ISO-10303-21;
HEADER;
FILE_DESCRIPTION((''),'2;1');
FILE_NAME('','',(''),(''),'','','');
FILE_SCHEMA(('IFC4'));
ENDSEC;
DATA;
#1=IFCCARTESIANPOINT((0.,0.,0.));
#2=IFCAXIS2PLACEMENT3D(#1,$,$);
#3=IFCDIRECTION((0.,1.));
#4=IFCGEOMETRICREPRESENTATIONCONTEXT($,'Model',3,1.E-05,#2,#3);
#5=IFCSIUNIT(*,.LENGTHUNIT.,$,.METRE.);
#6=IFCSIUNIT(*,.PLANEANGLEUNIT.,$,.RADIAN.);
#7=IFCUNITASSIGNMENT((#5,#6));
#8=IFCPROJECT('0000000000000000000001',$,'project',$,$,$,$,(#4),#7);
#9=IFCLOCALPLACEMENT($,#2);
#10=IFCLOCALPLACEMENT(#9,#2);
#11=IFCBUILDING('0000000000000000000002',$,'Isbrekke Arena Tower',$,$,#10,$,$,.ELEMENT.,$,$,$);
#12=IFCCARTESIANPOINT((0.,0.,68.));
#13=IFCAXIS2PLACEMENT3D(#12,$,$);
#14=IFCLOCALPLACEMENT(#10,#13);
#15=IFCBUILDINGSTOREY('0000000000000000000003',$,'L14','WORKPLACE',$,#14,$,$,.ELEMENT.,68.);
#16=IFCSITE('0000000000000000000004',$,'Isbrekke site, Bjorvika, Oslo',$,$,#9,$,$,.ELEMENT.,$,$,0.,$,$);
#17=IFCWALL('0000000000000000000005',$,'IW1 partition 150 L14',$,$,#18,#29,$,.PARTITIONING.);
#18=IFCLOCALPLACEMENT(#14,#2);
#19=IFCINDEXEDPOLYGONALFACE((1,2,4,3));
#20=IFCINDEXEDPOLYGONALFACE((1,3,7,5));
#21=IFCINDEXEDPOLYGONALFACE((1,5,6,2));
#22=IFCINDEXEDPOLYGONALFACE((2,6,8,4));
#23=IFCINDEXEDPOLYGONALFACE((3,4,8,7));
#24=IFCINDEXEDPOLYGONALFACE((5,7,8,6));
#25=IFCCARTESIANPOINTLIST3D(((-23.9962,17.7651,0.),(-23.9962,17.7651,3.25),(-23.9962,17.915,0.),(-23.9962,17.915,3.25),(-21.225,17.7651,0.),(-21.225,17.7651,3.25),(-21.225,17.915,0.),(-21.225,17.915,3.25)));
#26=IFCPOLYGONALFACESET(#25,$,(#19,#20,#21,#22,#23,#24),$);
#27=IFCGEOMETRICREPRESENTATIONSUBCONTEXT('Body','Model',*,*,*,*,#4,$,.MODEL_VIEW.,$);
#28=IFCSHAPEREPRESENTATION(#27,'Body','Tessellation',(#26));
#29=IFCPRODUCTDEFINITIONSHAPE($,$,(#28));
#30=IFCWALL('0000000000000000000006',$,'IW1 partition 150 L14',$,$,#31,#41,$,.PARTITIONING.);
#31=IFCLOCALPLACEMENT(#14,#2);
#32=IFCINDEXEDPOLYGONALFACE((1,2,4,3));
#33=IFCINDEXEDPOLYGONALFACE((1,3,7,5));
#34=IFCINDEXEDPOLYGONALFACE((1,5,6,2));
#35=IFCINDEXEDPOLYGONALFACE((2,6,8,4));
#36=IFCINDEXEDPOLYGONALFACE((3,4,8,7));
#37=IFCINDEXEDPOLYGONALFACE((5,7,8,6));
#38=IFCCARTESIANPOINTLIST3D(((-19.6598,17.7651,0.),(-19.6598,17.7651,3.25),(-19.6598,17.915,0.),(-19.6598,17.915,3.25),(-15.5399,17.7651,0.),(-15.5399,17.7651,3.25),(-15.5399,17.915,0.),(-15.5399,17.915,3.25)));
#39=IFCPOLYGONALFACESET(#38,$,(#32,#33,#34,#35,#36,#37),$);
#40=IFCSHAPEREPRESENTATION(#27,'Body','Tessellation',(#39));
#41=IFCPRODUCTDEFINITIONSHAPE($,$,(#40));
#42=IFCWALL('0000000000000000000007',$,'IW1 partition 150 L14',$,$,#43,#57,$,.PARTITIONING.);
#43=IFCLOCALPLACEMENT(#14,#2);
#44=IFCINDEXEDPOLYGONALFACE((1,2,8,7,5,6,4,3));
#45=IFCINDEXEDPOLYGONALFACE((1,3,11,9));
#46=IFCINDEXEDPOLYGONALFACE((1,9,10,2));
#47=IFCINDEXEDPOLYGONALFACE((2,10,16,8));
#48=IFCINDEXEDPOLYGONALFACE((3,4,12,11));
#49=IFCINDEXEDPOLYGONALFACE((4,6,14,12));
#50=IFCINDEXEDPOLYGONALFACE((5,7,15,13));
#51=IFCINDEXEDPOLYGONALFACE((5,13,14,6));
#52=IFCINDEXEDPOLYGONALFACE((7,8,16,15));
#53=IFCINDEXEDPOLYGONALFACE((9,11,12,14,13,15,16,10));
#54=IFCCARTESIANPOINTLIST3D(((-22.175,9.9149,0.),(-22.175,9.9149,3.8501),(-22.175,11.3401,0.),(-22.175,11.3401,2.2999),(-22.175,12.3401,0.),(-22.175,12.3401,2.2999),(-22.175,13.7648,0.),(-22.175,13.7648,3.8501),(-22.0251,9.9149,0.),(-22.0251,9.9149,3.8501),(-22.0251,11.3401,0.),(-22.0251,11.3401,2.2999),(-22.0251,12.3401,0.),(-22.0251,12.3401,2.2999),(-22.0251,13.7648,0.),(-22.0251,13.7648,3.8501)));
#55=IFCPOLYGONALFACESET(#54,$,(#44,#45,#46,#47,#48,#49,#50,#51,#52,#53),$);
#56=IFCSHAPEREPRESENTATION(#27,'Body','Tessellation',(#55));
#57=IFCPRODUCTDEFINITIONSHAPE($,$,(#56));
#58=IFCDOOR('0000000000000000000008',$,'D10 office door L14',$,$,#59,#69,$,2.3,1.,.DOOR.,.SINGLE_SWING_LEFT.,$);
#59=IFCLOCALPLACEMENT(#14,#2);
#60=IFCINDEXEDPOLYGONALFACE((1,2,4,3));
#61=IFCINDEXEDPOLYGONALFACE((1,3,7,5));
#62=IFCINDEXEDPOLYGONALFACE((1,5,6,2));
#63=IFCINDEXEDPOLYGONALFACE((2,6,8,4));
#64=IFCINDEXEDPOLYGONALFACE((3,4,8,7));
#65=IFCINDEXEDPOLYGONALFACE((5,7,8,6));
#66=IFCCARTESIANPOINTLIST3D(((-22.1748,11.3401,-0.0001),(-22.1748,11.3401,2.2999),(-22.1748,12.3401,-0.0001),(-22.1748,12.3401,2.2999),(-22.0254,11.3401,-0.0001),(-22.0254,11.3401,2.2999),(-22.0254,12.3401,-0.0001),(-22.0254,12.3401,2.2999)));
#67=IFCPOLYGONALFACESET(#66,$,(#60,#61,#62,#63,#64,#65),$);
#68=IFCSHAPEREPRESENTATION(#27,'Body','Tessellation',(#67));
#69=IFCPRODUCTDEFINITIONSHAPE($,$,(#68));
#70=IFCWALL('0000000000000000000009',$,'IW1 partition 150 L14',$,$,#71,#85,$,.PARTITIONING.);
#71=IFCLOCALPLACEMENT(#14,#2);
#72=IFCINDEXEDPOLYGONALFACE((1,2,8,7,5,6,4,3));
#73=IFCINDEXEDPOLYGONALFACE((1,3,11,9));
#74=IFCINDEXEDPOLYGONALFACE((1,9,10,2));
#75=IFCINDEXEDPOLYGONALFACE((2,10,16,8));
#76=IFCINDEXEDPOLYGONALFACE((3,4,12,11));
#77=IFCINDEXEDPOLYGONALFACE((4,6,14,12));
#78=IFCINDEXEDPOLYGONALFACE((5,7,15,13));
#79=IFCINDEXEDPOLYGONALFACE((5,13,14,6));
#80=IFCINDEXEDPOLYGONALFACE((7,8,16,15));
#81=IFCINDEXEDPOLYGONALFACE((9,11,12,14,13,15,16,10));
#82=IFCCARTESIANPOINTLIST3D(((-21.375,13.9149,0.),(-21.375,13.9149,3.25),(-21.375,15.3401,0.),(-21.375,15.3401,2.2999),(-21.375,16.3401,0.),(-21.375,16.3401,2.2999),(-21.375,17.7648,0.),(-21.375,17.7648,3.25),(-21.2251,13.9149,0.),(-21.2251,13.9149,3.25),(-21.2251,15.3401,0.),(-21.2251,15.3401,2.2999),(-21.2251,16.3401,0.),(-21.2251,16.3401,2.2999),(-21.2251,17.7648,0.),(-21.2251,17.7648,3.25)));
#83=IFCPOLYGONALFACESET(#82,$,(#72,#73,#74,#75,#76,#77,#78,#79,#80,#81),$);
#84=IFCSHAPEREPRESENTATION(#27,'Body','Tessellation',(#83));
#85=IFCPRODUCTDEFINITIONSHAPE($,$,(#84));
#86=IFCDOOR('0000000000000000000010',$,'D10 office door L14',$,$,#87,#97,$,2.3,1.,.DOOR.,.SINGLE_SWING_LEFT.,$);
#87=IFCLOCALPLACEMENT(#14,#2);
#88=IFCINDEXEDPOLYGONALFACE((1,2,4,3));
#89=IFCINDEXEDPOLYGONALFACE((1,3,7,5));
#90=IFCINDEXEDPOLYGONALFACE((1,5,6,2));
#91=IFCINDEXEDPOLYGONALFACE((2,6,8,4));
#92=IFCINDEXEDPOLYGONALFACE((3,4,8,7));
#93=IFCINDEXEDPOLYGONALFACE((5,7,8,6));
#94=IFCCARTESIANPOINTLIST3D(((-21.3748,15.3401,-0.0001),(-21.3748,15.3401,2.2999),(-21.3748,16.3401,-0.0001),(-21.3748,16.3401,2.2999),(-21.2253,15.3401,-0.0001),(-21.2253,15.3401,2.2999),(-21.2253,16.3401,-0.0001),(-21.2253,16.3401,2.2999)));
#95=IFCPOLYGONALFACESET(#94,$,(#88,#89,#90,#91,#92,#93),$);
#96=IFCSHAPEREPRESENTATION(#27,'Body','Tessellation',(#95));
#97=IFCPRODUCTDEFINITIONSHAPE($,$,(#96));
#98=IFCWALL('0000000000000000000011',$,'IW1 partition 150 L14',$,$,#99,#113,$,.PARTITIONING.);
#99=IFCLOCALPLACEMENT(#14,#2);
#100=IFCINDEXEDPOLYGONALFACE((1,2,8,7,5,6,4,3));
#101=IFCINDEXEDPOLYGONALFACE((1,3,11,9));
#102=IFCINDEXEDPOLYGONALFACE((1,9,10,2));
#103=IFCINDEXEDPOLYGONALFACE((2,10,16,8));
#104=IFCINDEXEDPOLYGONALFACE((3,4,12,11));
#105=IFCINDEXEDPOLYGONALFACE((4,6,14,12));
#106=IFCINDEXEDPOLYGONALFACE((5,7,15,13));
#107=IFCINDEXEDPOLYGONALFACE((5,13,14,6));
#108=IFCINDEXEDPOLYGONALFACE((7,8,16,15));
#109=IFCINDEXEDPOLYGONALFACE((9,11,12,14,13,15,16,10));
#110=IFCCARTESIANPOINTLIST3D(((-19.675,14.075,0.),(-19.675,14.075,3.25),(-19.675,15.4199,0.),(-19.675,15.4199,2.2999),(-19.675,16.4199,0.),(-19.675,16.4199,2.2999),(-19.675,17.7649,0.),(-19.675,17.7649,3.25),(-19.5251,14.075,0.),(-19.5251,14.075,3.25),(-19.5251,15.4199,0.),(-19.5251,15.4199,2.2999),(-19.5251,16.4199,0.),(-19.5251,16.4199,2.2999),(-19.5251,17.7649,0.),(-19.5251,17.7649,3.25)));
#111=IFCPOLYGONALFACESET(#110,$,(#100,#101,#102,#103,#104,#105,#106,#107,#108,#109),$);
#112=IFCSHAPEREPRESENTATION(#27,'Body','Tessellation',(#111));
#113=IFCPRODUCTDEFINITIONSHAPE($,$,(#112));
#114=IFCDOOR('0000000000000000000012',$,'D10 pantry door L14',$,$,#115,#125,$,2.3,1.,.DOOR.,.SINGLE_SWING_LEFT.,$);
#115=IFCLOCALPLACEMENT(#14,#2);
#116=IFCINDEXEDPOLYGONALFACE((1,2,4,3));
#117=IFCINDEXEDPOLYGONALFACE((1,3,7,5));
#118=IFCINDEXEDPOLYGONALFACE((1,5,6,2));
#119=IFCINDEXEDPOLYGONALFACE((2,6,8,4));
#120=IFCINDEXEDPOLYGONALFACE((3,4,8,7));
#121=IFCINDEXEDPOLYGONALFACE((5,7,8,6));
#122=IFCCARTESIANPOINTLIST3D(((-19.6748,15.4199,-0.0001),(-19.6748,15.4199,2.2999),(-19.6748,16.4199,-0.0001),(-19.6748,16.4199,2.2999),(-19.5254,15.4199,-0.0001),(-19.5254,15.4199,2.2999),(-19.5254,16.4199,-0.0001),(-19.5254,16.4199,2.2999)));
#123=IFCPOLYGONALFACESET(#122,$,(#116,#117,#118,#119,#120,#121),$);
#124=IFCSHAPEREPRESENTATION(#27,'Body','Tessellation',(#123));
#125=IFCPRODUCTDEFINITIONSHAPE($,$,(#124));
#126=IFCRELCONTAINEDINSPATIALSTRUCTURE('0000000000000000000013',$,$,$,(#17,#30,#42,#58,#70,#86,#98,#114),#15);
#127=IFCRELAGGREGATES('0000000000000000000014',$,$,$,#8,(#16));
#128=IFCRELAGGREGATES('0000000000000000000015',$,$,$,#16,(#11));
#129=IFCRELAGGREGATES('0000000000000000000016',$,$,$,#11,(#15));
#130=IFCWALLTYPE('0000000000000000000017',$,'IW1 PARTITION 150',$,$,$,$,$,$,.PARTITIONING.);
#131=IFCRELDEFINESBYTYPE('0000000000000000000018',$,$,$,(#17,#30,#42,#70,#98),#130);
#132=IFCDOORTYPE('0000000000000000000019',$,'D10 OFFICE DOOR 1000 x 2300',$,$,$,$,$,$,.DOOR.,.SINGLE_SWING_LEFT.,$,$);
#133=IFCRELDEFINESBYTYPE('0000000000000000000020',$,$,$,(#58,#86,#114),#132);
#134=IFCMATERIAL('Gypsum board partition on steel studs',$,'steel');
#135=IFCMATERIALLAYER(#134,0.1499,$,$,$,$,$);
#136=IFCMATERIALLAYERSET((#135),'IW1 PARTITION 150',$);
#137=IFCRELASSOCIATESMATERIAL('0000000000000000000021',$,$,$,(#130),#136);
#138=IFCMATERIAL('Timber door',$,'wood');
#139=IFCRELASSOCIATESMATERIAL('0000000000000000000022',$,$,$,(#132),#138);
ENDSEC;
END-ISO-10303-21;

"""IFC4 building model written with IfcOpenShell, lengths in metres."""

from ifc_helpers import new_model, si_unit, direction, frame, frame_2d, origin, place, context, subcontext, project, spatial, rectangle, extrude, material, layer, layer_set, type_object, element, fill, save


model = new_model("IFC4")

# Units and contexts
model_context = context("Model", 3, precision=1e-05, world=origin(), true_north=direction((0.0, 1.0)))
body_context = subcontext(model_context, "Body", "Model", "MODEL_VIEW")
ifc_project = project(units=[si_unit("LENGTHUNIT", "METRE"), si_unit("PLANEANGLEUNIT", "RADIAN")], contexts=[model_context])

# Site, building, storey
site_placement = place(None, origin())
site = spatial("IfcSite", under=ifc_project, at=site_placement, Name="Isbrekke site, Bjorvika, Oslo", CompositionType="ELEMENT", RefElevation=0.0)
building_placement = place(site_placement, origin())
building = spatial("IfcBuilding", under=site, at=building_placement, Name="Isbrekke Arena Tower", CompositionType="ELEMENT")
storey_placement = place(building_placement, frame((0.0, 0.0, 68.0)))
storey = spatial("IfcBuildingStorey", under=building, at=storey_placement, Name="L14", Description="WORKPLACE", CompositionType="ELEMENT", Elevation=68.0)

# Walls
ifc_material_1 = material(Name="Gypsum board partition on steel studs", Category="steel")
ifc_layer_1 = layer(ifc_material_1, 0.1499)
ifc_layer_set_1 = layer_set([ifc_layer_1], Name="IW1 PARTITION 150")
wall_type_1 = type_object("IfcWallType", Name="IW1 PARTITION 150", PredefinedType="PARTITIONING", material=ifc_layer_set_1)
wall_1_placement = place(storey_placement, frame((-23.9963, 17.8401, 0.0), z_axis=(0.0, 0.0, 1.0), x_axis=(1.0, 0.0, 0.0)))
element("IfcWall", 1, at=wall_1_placement, inside=storey, type_object=wall_type_1, Name="IW1 partition 150 L14", PredefinedType="PARTITIONING", context=body_context, shape_type="SweptSolid", body=[
    extrude(rectangle(XDim=2.7712, YDim=0.1499, at=frame_2d((1.3857, 0.0))), origin(), (0.0, 0.0, 1.0), 3.25),
])
wall_2_placement = place(storey_placement, frame((-19.6599, 17.8401, 0.0), z_axis=(0.0, 0.0, 1.0), x_axis=(1.0, 0.0, 0.0)))
element("IfcWall", 2, at=wall_2_placement, inside=storey, type_object=wall_type_1, Name="IW1 partition 150 L14", PredefinedType="PARTITIONING", context=body_context, shape_type="SweptSolid", body=[
    extrude(rectangle(XDim=4.1199, YDim=0.1499, at=frame_2d((2.0601, 0.0))), origin(), (0.0, 0.0, 1.0), 3.25),
])

# Walls, openings, doors
wall_3_placement = place(storey_placement, frame((-22.1001, 9.915, 0.0), z_axis=(0.0, 0.0, 1.0), x_axis=(0.0, 1.0, 0.0)))
wall_3 = element("IfcWall", 3, at=wall_3_placement, inside=storey, type_object=wall_type_1, Name="IW1 partition 150 L14", PredefinedType="PARTITIONING", context=body_context, shape_type="SweptSolid", body=[
    extrude(rectangle(XDim=3.8499, YDim=0.1499, at=frame_2d((1.9248, 0.0))), origin(), (0.0, 0.0, 1.0), 3.8501),
])
opening_1_placement = place(wall_3_placement, frame((1.425, 0.0, 0.0)))
opening_1 = element("IfcOpeningElement", 4, at=opening_1_placement, cuts=wall_3, PredefinedType="OPENING", context=body_context, shape_type="SweptSolid", body=[
    extrude(rectangle(XDim=1.0, YDim=2.3, at=frame_2d((0.5, 1.1499))), frame((0.0, 0.0898, 0.0), z_axis=(0.0, -1.0, 0.0), x_axis=(1.0, 0.0, 0.0)), (0.0, 0.0, 1.0), 0.1797),
])
ifc_material_2 = material(Name="Timber door", Category="wood")
door_type_1 = type_object("IfcDoorType", Name="D10 OFFICE DOOR 1000 x 2300", OperationType="SINGLE_SWING_LEFT", PredefinedType="DOOR", material=ifc_material_2)
door_1_placement = place(opening_1_placement, origin())
door_1 = element("IfcDoor", 5, at=door_1_placement, inside=storey, type_object=door_type_1, Name="D10 office door L14", OperationType="SINGLE_SWING_LEFT", OverallHeight=2.3, OverallWidth=1.0, PredefinedType="DOOR", context=body_context, shape_type="SweptSolid", body=[
    extrude(rectangle(XDim=1.0, YDim=2.3, at=frame_2d((0.5, 1.1499))), frame((0.0, 0.0747, 0.0), z_axis=(0.0, -1.0, 0.0), x_axis=(1.0, 0.0, 0.0)), (0.0, 0.0, 1.0), 0.1494),
])
fill(opening_1, door_1)
wall_4_placement = place(storey_placement, frame((-21.3, 13.915, 0.0), z_axis=(0.0, 0.0, 1.0), x_axis=(0.0, 1.0, 0.0)))
wall_4 = element("IfcWall", 6, at=wall_4_placement, inside=storey, type_object=wall_type_1, Name="IW1 partition 150 L14", PredefinedType="PARTITIONING", context=body_context, shape_type="SweptSolid", body=[
    extrude(rectangle(XDim=3.8499, YDim=0.1499, at=frame_2d((1.9248, 0.0))), origin(), (0.0, 0.0, 1.0), 3.25),
])
opening_2_placement = place(wall_4_placement, frame((1.425, 0.0, 0.0)))
opening_2 = element("IfcOpeningElement", 7, at=opening_2_placement, cuts=wall_4, PredefinedType="OPENING", context=body_context, shape_type="SweptSolid", body=[
    extrude(rectangle(XDim=1.0, YDim=2.3, at=frame_2d((0.5, 1.1499))), frame((0.0, 0.0898, 0.0), z_axis=(0.0, -1.0, 0.0), x_axis=(1.0, 0.0, 0.0)), (0.0, 0.0, 1.0), 0.1797),
])
door_2_placement = place(opening_2_placement, origin())
door_2 = element("IfcDoor", 8, at=door_2_placement, inside=storey, type_object=door_type_1, Name="D10 office door L14", OperationType="SINGLE_SWING_LEFT", OverallHeight=2.3, OverallWidth=1.0, PredefinedType="DOOR", context=body_context, shape_type="SweptSolid", body=[
    extrude(rectangle(XDim=1.0, YDim=2.3, at=frame_2d((0.5, 1.1499))), frame((0.0, 0.0747, 0.0), z_axis=(0.0, -1.0, 0.0), x_axis=(1.0, 0.0, 0.0)), (0.0, 0.0, 1.0), 0.1494),
])
fill(opening_2, door_2)
wall_5_placement = place(storey_placement, frame((-19.6001, 14.075, 0.0), z_axis=(0.0, 0.0, 1.0), x_axis=(0.0, 1.0, 0.0)))
wall_5 = element("IfcWall", 9, at=wall_5_placement, inside=storey, type_object=wall_type_1, Name="IW1 partition 150 L14", PredefinedType="PARTITIONING", context=body_context, shape_type="SweptSolid", body=[
    extrude(rectangle(XDim=3.6899, YDim=0.1499, at=frame_2d((1.845, 0.0))), origin(), (0.0, 0.0, 1.0), 3.25),
])
opening_3_placement = place(wall_5_placement, frame((1.345, 0.0, 0.0)))
opening_3 = element("IfcOpeningElement", 10, at=opening_3_placement, cuts=wall_5, PredefinedType="OPENING", context=body_context, shape_type="SweptSolid", body=[
    extrude(rectangle(XDim=1.0, YDim=2.3, at=frame_2d((0.5, 1.1499))), frame((0.0, 0.0898, 0.0), z_axis=(0.0, -1.0, 0.0), x_axis=(1.0, 0.0, 0.0)), (0.0, 0.0, 1.0), 0.1797),
])
door_3_placement = place(opening_3_placement, origin())
door_3 = element("IfcDoor", 11, at=door_3_placement, inside=storey, type_object=door_type_1, Name="D10 pantry door L14", OperationType="SINGLE_SWING_LEFT", OverallHeight=2.3, OverallWidth=1.0, PredefinedType="DOOR", context=body_context, shape_type="SweptSolid", body=[
    extrude(rectangle(XDim=1.0, YDim=2.3, at=frame_2d((0.5, 1.1499))), frame((0.0, 0.0747, 0.0), z_axis=(0.0, -1.0, 0.0), x_axis=(1.0, 0.0, 0.0)), (0.0, 0.0, 1.0), 0.1494),
])
fill(opening_3, door_3)

save(model, "model.ifc")
